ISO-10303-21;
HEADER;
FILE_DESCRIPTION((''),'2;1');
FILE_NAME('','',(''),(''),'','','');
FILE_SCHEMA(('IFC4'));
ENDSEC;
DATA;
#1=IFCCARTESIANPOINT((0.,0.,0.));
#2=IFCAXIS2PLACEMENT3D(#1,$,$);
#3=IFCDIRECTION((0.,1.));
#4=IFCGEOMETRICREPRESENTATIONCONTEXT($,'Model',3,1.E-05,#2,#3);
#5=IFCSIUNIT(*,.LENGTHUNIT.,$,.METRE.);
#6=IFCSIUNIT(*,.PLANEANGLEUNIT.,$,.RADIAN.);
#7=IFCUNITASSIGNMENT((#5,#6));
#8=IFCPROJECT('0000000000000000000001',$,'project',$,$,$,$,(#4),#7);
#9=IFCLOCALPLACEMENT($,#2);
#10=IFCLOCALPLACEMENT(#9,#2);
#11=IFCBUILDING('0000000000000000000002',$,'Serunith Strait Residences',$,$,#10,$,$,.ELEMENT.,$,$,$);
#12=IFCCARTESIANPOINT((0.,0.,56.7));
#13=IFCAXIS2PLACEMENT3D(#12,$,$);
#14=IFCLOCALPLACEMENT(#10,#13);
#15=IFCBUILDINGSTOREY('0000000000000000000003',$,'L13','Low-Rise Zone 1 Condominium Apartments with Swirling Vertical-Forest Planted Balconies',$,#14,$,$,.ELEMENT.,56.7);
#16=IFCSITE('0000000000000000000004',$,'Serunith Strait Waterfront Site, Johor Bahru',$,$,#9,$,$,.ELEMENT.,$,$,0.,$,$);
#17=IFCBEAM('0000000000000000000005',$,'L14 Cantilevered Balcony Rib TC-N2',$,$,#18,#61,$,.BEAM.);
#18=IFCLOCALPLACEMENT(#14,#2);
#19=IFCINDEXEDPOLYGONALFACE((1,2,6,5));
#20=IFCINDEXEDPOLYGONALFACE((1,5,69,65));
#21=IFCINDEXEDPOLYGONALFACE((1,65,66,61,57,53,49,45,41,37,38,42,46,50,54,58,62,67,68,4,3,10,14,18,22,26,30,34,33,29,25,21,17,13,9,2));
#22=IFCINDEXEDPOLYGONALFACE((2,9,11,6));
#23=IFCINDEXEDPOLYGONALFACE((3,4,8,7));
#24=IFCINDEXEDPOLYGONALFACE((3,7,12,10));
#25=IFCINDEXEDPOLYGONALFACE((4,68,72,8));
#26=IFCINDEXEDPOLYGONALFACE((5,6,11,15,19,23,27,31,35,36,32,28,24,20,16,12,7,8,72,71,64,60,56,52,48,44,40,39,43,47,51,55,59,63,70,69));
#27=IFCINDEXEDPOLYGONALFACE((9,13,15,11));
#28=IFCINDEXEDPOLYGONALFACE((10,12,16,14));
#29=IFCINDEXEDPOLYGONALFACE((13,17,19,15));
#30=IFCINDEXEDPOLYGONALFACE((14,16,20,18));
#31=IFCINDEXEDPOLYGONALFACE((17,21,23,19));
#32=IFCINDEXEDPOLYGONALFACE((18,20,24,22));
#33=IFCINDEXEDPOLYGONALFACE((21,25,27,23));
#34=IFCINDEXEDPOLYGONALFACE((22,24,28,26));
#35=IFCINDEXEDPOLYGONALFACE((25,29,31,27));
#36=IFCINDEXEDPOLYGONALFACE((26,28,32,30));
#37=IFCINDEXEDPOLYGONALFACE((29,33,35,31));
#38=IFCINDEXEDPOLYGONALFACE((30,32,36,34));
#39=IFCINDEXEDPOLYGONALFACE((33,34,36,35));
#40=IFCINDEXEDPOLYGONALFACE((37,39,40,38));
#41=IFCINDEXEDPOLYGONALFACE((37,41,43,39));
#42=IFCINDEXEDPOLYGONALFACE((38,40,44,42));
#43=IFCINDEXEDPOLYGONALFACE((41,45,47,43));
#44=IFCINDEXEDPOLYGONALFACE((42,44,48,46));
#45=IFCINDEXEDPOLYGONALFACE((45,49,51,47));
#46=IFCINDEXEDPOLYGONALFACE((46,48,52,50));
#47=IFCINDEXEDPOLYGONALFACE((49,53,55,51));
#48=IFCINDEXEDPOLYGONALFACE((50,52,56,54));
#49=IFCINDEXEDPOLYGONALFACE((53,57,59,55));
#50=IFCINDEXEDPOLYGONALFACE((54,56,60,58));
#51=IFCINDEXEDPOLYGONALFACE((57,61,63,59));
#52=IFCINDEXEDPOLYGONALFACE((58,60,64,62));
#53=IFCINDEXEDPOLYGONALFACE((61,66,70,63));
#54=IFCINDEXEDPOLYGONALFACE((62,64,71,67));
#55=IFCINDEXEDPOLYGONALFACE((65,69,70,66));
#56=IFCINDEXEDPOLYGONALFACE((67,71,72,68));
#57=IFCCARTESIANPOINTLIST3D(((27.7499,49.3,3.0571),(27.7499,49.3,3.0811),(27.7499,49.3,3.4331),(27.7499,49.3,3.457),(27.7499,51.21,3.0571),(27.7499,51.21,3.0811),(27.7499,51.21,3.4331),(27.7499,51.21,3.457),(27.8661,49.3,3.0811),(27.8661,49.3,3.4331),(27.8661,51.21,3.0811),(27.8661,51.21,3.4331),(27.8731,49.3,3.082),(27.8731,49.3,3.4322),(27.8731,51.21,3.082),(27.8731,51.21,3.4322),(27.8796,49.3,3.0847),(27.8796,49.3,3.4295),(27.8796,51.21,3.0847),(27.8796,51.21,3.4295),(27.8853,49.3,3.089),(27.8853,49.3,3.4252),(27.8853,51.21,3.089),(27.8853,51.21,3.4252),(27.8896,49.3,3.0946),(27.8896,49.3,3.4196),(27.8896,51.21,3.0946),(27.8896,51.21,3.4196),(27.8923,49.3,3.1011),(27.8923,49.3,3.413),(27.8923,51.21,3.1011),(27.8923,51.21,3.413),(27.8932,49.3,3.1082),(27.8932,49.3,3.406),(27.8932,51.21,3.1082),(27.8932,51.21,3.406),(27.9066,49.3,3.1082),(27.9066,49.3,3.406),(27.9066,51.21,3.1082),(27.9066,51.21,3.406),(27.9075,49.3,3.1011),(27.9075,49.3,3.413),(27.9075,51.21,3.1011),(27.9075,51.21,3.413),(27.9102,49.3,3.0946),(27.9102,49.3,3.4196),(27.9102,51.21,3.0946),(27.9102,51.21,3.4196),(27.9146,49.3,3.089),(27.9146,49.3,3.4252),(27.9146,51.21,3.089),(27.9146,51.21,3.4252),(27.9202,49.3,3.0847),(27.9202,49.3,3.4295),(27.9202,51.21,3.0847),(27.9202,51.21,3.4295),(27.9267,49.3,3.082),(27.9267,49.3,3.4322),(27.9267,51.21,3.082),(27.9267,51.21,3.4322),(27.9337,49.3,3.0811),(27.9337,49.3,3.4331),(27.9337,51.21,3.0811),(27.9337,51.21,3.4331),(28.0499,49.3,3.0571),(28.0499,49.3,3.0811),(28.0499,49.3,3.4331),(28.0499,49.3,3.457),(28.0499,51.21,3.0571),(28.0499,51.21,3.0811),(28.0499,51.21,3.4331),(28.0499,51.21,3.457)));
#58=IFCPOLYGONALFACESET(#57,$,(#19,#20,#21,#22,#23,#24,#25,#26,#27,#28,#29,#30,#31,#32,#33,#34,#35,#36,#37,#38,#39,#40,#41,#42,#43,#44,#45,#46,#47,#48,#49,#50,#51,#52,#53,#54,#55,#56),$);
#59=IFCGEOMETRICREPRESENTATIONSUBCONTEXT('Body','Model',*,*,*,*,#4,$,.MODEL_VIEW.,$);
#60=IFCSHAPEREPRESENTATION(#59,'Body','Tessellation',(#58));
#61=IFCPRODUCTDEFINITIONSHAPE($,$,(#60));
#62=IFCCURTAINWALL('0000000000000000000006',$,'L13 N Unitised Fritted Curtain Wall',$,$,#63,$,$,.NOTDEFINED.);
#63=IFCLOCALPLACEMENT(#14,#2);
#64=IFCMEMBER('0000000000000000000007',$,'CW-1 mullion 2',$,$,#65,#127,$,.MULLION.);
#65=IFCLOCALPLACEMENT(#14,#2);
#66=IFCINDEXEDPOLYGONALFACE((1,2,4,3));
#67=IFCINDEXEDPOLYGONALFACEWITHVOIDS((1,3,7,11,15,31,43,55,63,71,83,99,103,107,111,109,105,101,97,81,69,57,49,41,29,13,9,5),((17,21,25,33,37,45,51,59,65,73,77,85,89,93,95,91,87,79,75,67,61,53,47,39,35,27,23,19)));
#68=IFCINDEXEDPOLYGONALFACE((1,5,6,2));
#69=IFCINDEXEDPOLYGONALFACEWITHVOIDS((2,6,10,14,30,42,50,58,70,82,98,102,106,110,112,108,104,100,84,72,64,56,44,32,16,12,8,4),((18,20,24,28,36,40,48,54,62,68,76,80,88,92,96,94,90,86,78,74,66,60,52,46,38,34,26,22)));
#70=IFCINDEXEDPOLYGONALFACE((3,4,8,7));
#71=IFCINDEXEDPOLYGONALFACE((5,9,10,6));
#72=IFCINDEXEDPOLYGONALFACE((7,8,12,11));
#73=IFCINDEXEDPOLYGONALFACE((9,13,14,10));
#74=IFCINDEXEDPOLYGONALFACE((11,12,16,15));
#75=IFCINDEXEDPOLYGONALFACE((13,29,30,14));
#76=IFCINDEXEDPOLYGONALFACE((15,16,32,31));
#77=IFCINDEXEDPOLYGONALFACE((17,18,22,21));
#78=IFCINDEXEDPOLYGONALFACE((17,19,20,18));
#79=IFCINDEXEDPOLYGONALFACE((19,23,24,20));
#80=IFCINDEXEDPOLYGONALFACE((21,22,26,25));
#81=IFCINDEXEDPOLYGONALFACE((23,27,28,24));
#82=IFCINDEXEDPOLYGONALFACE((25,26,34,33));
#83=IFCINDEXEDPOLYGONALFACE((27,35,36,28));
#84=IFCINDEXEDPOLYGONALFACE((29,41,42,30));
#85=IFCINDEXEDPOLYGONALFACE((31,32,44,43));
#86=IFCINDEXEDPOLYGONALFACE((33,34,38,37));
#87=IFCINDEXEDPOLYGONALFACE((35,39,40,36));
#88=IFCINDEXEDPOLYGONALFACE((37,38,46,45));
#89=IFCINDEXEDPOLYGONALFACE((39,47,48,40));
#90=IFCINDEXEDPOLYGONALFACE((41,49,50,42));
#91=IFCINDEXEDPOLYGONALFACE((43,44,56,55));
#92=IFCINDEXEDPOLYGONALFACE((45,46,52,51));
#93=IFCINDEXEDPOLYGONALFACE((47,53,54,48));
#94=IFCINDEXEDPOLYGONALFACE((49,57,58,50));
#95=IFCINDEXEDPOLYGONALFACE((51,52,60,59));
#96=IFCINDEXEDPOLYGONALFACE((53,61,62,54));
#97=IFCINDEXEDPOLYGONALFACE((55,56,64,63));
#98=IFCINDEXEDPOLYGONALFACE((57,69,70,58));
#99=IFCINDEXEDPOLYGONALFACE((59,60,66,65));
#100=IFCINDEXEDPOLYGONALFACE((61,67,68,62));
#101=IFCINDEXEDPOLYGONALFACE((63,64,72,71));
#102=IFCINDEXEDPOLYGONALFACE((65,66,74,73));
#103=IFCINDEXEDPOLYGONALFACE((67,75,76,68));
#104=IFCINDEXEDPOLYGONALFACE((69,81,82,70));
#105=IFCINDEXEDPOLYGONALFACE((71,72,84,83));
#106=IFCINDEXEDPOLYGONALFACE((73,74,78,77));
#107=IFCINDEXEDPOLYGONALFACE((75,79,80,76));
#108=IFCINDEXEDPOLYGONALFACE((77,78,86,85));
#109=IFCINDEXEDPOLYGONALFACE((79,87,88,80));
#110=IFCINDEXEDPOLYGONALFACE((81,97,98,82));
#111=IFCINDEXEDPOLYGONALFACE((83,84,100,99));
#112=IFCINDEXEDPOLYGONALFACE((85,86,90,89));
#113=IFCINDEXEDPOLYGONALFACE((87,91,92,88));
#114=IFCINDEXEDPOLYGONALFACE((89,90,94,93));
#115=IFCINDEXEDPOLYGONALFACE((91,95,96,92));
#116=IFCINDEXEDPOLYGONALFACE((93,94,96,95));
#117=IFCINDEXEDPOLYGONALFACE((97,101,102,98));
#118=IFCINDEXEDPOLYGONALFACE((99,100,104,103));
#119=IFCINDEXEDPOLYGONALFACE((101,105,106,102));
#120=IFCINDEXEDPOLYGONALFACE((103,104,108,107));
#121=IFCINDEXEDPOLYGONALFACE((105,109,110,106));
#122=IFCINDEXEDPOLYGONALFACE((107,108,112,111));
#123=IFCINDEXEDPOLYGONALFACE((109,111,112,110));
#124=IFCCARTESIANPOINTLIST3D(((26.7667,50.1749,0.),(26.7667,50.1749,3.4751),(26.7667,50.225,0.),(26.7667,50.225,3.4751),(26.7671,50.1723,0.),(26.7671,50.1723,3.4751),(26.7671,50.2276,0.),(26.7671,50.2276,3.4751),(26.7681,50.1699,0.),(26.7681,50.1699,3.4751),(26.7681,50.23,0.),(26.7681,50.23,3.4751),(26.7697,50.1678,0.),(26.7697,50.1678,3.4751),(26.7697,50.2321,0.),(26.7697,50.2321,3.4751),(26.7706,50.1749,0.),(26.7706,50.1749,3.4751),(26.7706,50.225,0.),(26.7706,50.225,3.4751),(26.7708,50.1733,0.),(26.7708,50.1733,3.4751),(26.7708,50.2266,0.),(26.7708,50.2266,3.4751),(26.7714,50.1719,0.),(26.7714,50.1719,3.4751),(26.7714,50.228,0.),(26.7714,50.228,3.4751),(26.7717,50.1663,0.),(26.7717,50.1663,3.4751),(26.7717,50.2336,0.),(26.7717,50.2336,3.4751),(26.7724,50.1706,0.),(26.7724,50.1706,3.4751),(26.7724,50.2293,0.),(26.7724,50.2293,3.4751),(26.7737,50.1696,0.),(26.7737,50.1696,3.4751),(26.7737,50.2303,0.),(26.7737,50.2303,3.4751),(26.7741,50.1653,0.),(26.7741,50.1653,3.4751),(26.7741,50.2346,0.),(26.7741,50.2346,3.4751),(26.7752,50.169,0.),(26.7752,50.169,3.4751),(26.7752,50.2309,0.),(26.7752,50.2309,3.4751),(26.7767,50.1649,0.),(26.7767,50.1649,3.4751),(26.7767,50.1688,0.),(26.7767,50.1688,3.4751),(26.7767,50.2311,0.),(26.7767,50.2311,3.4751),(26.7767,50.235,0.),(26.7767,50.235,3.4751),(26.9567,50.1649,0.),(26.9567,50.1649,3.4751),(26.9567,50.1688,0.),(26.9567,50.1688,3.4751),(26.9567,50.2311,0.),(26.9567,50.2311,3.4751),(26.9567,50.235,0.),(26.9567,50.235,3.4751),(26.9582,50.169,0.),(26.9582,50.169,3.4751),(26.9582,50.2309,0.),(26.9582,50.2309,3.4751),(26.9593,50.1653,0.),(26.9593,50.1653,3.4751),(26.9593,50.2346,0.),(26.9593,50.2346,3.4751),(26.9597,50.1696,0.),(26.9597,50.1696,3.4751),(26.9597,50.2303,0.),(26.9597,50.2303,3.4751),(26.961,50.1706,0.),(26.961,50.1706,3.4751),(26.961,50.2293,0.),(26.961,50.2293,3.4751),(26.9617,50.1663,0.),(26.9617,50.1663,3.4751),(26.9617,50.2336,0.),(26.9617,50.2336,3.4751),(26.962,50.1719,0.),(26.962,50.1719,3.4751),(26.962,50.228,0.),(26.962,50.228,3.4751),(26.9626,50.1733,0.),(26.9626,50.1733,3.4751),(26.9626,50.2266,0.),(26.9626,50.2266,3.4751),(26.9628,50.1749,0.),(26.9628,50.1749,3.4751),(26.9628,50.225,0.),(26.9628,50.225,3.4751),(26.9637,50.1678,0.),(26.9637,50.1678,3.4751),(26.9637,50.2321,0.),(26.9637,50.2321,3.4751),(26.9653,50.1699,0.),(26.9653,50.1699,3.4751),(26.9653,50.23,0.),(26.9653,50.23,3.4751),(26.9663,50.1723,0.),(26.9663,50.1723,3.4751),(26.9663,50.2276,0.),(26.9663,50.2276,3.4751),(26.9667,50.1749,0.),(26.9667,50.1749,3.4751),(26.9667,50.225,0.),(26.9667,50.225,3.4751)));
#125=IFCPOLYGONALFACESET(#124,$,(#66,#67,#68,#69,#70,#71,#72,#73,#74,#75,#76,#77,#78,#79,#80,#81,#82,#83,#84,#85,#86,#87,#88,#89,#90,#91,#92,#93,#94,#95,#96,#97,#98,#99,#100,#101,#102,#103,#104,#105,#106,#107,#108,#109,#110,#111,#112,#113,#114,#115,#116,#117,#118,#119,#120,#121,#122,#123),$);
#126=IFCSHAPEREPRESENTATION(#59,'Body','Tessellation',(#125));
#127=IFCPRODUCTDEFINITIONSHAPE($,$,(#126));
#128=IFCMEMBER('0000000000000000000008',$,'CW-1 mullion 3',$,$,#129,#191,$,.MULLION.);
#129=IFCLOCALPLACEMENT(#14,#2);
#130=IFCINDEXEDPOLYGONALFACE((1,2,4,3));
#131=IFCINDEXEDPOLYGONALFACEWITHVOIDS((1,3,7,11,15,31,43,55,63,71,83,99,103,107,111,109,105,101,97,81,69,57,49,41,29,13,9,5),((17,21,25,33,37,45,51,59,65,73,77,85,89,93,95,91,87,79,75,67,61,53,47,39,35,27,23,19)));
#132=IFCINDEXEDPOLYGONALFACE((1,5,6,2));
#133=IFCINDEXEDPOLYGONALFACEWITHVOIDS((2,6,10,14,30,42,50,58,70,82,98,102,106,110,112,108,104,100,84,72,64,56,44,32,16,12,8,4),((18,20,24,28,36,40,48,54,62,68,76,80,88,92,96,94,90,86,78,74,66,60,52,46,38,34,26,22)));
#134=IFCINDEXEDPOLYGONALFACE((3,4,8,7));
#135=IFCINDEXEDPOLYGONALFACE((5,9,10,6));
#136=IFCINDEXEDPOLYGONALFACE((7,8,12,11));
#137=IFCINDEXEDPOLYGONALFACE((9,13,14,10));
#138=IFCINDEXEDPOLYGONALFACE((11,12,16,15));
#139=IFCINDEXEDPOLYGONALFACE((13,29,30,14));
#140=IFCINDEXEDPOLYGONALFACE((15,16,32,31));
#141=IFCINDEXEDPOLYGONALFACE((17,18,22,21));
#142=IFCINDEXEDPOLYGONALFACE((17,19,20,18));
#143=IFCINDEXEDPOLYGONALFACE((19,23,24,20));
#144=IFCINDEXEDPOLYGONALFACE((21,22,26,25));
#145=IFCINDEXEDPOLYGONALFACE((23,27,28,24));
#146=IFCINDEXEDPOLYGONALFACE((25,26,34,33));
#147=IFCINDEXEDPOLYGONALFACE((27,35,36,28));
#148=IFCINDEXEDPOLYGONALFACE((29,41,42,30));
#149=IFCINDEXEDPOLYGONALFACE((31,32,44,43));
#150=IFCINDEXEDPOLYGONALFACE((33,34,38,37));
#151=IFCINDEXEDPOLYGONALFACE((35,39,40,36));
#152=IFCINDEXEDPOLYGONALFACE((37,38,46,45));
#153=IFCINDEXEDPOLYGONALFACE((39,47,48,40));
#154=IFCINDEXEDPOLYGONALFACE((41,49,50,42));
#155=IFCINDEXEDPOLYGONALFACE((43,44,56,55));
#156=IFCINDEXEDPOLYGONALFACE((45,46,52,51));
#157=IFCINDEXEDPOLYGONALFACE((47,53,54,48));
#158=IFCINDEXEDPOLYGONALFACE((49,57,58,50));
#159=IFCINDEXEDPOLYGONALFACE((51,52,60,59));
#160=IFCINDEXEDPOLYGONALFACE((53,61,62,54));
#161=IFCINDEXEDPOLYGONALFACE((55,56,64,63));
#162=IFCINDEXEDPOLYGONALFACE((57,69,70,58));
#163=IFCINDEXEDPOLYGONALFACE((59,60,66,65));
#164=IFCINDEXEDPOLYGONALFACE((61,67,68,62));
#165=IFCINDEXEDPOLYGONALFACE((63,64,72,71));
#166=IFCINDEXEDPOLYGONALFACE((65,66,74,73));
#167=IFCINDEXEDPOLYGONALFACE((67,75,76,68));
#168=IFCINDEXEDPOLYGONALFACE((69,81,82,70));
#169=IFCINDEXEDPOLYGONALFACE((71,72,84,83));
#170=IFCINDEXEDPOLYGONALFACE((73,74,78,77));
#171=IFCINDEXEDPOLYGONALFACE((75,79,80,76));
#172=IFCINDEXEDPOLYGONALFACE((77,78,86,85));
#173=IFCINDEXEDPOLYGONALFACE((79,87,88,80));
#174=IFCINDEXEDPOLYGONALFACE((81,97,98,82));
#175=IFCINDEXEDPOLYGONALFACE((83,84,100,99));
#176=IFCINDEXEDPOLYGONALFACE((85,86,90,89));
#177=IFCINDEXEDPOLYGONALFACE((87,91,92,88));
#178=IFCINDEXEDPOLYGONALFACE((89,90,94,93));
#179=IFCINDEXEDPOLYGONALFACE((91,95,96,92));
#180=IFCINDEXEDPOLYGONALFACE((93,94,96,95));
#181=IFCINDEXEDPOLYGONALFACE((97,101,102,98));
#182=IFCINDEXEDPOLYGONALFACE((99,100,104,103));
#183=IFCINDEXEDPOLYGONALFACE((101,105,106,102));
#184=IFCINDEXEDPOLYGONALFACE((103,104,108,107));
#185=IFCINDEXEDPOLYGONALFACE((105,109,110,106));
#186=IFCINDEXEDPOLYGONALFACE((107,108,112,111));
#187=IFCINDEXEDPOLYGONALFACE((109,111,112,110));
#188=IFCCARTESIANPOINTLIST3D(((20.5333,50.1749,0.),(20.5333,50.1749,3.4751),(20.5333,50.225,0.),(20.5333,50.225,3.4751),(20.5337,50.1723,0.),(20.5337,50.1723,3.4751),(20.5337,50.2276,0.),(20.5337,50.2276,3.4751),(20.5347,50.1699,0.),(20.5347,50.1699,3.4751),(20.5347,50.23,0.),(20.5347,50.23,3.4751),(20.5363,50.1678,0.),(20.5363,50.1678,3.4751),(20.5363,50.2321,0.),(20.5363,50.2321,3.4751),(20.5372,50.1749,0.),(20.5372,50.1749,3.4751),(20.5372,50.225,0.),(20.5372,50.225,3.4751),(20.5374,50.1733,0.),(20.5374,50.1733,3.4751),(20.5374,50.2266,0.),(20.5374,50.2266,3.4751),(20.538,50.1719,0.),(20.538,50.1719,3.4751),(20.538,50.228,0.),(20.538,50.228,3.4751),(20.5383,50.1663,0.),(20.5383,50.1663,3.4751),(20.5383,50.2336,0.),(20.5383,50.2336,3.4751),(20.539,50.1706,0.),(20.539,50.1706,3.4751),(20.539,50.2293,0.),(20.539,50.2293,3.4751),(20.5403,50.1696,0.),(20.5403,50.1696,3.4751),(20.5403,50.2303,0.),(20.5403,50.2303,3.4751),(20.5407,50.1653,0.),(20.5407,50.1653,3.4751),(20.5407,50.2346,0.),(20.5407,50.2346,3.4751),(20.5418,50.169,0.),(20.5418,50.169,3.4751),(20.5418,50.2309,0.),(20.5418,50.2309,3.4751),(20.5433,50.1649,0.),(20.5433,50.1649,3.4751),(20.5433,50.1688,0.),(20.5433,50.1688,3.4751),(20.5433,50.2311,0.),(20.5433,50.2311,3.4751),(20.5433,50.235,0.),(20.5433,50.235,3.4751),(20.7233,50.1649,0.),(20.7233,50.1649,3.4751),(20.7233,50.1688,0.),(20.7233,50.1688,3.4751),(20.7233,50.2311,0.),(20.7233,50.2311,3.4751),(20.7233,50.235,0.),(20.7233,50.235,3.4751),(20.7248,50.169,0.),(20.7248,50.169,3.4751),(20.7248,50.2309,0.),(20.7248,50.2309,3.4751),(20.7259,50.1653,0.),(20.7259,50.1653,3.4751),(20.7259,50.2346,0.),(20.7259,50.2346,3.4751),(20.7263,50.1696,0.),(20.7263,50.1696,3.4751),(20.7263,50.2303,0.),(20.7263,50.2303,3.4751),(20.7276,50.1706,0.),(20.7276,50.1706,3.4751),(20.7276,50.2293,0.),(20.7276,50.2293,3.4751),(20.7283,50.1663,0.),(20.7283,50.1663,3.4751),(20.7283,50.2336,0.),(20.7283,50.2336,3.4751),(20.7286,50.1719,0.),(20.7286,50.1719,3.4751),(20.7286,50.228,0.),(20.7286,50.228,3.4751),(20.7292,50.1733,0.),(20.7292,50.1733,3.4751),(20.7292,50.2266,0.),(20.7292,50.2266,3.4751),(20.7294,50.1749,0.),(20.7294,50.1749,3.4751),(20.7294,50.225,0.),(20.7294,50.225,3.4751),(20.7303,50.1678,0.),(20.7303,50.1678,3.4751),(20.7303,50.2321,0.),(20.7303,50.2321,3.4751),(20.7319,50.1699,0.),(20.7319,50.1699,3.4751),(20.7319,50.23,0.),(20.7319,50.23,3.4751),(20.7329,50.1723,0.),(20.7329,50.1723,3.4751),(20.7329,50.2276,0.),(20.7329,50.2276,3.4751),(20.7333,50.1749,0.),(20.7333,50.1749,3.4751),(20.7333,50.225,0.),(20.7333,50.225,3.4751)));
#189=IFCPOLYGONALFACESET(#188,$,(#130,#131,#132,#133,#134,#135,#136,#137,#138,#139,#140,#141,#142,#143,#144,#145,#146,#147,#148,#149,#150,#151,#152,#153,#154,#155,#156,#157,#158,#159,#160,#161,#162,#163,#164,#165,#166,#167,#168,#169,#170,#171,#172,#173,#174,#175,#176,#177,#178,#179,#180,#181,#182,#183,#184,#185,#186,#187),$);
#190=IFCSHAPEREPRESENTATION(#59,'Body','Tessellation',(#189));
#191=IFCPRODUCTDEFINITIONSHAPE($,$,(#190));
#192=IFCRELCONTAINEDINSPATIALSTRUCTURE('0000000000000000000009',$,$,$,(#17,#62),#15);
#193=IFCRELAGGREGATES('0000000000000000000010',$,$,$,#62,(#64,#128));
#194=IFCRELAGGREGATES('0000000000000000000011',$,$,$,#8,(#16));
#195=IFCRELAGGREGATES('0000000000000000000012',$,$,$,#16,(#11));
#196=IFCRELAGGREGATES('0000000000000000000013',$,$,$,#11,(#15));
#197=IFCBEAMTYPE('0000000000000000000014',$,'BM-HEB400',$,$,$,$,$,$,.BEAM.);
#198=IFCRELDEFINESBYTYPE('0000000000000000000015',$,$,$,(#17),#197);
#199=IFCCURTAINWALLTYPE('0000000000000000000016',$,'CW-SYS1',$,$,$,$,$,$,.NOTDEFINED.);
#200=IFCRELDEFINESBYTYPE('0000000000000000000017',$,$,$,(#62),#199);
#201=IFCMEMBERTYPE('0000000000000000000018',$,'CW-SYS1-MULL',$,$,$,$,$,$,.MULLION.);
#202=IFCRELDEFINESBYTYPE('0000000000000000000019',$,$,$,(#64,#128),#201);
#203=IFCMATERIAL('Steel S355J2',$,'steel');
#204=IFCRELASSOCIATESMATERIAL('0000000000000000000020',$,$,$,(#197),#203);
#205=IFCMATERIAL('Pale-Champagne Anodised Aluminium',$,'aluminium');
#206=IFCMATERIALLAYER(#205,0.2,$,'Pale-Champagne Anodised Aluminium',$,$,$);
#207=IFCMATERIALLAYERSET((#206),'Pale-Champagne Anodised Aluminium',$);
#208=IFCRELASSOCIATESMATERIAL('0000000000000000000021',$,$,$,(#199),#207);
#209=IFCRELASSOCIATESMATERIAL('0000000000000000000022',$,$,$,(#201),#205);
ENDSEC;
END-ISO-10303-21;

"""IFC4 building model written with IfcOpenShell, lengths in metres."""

from ifc_helpers import new_model, si_unit, direction, frame, origin, origin_2d, place, context, subcontext, project, spatial, hollow_rectangle, i_section, extrude, source, transform, mapped, material, layer, layer_set, material_profile, profile_set, type_object, element, aggregate, save


model = new_model("IFC4")

# Units and contexts
model_context = context("Model", 3, precision=1e-05, world=origin(), true_north=direction((0.0, 1.0)))
body_context = subcontext(model_context, "Body", "Model", "MODEL_VIEW")
ifc_project = project(units=[si_unit("LENGTHUNIT", "METRE"), si_unit("PLANEANGLEUNIT", "RADIAN")], contexts=[model_context])

# Site, building, storey
site_placement = place(None, origin())
site = spatial("IfcSite", under=ifc_project, at=site_placement, Name="Serunith Strait Waterfront Site, Johor Bahru", CompositionType="ELEMENT", RefElevation=0.0)
building_placement = place(site_placement, origin())
building = spatial("IfcBuilding", under=site, at=building_placement, Name="Serunith Strait Residences", CompositionType="ELEMENT")
storey_placement = place(building_placement, frame((0.0, 0.0, 56.7)))
storey = spatial("IfcBuildingStorey", under=building, at=storey_placement, Name="L13", Description="Low-Rise Zone 1 Condominium Apartments with Swirling Vertical-Forest Planted Balconies", CompositionType="ELEMENT", Elevation=56.7)

# Beam
ifc_material_1 = material(Name="Steel S355J2", Category="steel")
ifc_material_profile_1 = material_profile(ifc_material_1, i_section(OverallWidth=0.3, OverallDepth=0.3999, WebThickness=0.0134, FlangeThickness=0.0239, FilletRadius=0.0271, at=origin_2d()), Name="HEB 400")
ifc_profile_set_1 = profile_set([ifc_material_profile_1], Name="Steel S355J2")
beam_type_1 = type_object("IfcBeamType", Name="BM-HEB400", PredefinedType="BEAM", material=ifc_profile_set_1)
shared_shape_1 = source(origin(), body_context, "Body", "SweptSolid", [
    extrude(i_section(OverallWidth=0.3, OverallDepth=0.3999, WebThickness=0.0134, FlangeThickness=0.0239, FilletRadius=0.0271, at=origin_2d()), origin(), (0.0, 0.0, 1.0), 1.9099),
])
beam_1_placement = place(storey_placement, frame((27.8999, 49.3, 3.2571), z_axis=(0.0, 1.0, 0.0), x_axis=(-1.0, 0.0, 0.0)))
element("IfcBeam", 1, at=beam_1_placement, inside=storey, type_object=beam_type_1, Name="L14 Cantilevered Balcony Rib TC-N2", PredefinedType="BEAM", context=body_context, shape_type="MappedRepresentation", body=[
    mapped(shared_shape_1, transform((0.0, 0.0, 0.0), scale=1.0)),
])

# Curtain wall, members
ifc_material_2 = material(Name="Pale-Champagne Anodised Aluminium", Category="aluminium")
ifc_layer_1 = layer(ifc_material_2, 0.2, Name="Pale-Champagne Anodised Aluminium")
ifc_layer_set_1 = layer_set([ifc_layer_1], Name="Pale-Champagne Anodised Aluminium")
curtain_wall_type = type_object("IfcCurtainWallType", Name="CW-SYS1", PredefinedType="NOTDEFINED", material=ifc_layer_set_1)
curtain_wall_placement = place(storey_placement, origin())
curtain_wall = element("IfcCurtainWall", 2, at=curtain_wall_placement, inside=storey, type_object=curtain_wall_type, Name="L13 N Unitised Fritted Curtain Wall", PredefinedType="NOTDEFINED")
ifc_material_profile_2 = material_profile(ifc_material_2, hollow_rectangle(XDim=0.0701, YDim=0.2, WallThickness=0.0039, InnerFilletRadius=0.0061, OuterFilletRadius=0.01, at=origin_2d()), Name="ALU 200x70x4")
ifc_profile_set_2 = profile_set([ifc_material_profile_2], Name="Pale-Champagne Anodised Aluminium")
member_type_1 = type_object("IfcMemberType", Name="CW-SYS1-MULL", PredefinedType="MULLION", material=ifc_profile_set_2)
shared_shape_2 = source(origin(), body_context, "Body", "SweptSolid", [
    extrude(hollow_rectangle(XDim=0.0701, YDim=0.2, WallThickness=0.0039, InnerFilletRadius=0.0061, OuterFilletRadius=0.01, at=origin_2d()), origin(), (0.0, 0.0, 1.0), 3.4751),
])
member_1_placement = place(storey_placement, frame((26.8667, 50.2, 0.0), z_axis=(0.0, 0.0, 1.0), x_axis=(0.0, -1.0, 0.0)))
member_1 = element("IfcMember", 3, at=member_1_placement, type_object=member_type_1, Name="CW-1 mullion 2", PredefinedType="MULLION", context=body_context, shape_type="MappedRepresentation", body=[
    mapped(shared_shape_2, transform((0.0, 0.0, 0.0), scale=1.0)),
])
member_2_placement = place(storey_placement, frame((20.6333, 50.2, 0.0), z_axis=(0.0, 0.0, 1.0), x_axis=(0.0, -1.0, 0.0)))
member_2 = element("IfcMember", 4, at=member_2_placement, type_object=member_type_1, Name="CW-1 mullion 3", PredefinedType="MULLION", context=body_context, shape_type="MappedRepresentation", body=[
    mapped(shared_shape_2, transform((0.0, 0.0, 0.0), scale=1.0)),
])
aggregate(curtain_wall, [member_1, member_2])

save(model, "model.ifc")
